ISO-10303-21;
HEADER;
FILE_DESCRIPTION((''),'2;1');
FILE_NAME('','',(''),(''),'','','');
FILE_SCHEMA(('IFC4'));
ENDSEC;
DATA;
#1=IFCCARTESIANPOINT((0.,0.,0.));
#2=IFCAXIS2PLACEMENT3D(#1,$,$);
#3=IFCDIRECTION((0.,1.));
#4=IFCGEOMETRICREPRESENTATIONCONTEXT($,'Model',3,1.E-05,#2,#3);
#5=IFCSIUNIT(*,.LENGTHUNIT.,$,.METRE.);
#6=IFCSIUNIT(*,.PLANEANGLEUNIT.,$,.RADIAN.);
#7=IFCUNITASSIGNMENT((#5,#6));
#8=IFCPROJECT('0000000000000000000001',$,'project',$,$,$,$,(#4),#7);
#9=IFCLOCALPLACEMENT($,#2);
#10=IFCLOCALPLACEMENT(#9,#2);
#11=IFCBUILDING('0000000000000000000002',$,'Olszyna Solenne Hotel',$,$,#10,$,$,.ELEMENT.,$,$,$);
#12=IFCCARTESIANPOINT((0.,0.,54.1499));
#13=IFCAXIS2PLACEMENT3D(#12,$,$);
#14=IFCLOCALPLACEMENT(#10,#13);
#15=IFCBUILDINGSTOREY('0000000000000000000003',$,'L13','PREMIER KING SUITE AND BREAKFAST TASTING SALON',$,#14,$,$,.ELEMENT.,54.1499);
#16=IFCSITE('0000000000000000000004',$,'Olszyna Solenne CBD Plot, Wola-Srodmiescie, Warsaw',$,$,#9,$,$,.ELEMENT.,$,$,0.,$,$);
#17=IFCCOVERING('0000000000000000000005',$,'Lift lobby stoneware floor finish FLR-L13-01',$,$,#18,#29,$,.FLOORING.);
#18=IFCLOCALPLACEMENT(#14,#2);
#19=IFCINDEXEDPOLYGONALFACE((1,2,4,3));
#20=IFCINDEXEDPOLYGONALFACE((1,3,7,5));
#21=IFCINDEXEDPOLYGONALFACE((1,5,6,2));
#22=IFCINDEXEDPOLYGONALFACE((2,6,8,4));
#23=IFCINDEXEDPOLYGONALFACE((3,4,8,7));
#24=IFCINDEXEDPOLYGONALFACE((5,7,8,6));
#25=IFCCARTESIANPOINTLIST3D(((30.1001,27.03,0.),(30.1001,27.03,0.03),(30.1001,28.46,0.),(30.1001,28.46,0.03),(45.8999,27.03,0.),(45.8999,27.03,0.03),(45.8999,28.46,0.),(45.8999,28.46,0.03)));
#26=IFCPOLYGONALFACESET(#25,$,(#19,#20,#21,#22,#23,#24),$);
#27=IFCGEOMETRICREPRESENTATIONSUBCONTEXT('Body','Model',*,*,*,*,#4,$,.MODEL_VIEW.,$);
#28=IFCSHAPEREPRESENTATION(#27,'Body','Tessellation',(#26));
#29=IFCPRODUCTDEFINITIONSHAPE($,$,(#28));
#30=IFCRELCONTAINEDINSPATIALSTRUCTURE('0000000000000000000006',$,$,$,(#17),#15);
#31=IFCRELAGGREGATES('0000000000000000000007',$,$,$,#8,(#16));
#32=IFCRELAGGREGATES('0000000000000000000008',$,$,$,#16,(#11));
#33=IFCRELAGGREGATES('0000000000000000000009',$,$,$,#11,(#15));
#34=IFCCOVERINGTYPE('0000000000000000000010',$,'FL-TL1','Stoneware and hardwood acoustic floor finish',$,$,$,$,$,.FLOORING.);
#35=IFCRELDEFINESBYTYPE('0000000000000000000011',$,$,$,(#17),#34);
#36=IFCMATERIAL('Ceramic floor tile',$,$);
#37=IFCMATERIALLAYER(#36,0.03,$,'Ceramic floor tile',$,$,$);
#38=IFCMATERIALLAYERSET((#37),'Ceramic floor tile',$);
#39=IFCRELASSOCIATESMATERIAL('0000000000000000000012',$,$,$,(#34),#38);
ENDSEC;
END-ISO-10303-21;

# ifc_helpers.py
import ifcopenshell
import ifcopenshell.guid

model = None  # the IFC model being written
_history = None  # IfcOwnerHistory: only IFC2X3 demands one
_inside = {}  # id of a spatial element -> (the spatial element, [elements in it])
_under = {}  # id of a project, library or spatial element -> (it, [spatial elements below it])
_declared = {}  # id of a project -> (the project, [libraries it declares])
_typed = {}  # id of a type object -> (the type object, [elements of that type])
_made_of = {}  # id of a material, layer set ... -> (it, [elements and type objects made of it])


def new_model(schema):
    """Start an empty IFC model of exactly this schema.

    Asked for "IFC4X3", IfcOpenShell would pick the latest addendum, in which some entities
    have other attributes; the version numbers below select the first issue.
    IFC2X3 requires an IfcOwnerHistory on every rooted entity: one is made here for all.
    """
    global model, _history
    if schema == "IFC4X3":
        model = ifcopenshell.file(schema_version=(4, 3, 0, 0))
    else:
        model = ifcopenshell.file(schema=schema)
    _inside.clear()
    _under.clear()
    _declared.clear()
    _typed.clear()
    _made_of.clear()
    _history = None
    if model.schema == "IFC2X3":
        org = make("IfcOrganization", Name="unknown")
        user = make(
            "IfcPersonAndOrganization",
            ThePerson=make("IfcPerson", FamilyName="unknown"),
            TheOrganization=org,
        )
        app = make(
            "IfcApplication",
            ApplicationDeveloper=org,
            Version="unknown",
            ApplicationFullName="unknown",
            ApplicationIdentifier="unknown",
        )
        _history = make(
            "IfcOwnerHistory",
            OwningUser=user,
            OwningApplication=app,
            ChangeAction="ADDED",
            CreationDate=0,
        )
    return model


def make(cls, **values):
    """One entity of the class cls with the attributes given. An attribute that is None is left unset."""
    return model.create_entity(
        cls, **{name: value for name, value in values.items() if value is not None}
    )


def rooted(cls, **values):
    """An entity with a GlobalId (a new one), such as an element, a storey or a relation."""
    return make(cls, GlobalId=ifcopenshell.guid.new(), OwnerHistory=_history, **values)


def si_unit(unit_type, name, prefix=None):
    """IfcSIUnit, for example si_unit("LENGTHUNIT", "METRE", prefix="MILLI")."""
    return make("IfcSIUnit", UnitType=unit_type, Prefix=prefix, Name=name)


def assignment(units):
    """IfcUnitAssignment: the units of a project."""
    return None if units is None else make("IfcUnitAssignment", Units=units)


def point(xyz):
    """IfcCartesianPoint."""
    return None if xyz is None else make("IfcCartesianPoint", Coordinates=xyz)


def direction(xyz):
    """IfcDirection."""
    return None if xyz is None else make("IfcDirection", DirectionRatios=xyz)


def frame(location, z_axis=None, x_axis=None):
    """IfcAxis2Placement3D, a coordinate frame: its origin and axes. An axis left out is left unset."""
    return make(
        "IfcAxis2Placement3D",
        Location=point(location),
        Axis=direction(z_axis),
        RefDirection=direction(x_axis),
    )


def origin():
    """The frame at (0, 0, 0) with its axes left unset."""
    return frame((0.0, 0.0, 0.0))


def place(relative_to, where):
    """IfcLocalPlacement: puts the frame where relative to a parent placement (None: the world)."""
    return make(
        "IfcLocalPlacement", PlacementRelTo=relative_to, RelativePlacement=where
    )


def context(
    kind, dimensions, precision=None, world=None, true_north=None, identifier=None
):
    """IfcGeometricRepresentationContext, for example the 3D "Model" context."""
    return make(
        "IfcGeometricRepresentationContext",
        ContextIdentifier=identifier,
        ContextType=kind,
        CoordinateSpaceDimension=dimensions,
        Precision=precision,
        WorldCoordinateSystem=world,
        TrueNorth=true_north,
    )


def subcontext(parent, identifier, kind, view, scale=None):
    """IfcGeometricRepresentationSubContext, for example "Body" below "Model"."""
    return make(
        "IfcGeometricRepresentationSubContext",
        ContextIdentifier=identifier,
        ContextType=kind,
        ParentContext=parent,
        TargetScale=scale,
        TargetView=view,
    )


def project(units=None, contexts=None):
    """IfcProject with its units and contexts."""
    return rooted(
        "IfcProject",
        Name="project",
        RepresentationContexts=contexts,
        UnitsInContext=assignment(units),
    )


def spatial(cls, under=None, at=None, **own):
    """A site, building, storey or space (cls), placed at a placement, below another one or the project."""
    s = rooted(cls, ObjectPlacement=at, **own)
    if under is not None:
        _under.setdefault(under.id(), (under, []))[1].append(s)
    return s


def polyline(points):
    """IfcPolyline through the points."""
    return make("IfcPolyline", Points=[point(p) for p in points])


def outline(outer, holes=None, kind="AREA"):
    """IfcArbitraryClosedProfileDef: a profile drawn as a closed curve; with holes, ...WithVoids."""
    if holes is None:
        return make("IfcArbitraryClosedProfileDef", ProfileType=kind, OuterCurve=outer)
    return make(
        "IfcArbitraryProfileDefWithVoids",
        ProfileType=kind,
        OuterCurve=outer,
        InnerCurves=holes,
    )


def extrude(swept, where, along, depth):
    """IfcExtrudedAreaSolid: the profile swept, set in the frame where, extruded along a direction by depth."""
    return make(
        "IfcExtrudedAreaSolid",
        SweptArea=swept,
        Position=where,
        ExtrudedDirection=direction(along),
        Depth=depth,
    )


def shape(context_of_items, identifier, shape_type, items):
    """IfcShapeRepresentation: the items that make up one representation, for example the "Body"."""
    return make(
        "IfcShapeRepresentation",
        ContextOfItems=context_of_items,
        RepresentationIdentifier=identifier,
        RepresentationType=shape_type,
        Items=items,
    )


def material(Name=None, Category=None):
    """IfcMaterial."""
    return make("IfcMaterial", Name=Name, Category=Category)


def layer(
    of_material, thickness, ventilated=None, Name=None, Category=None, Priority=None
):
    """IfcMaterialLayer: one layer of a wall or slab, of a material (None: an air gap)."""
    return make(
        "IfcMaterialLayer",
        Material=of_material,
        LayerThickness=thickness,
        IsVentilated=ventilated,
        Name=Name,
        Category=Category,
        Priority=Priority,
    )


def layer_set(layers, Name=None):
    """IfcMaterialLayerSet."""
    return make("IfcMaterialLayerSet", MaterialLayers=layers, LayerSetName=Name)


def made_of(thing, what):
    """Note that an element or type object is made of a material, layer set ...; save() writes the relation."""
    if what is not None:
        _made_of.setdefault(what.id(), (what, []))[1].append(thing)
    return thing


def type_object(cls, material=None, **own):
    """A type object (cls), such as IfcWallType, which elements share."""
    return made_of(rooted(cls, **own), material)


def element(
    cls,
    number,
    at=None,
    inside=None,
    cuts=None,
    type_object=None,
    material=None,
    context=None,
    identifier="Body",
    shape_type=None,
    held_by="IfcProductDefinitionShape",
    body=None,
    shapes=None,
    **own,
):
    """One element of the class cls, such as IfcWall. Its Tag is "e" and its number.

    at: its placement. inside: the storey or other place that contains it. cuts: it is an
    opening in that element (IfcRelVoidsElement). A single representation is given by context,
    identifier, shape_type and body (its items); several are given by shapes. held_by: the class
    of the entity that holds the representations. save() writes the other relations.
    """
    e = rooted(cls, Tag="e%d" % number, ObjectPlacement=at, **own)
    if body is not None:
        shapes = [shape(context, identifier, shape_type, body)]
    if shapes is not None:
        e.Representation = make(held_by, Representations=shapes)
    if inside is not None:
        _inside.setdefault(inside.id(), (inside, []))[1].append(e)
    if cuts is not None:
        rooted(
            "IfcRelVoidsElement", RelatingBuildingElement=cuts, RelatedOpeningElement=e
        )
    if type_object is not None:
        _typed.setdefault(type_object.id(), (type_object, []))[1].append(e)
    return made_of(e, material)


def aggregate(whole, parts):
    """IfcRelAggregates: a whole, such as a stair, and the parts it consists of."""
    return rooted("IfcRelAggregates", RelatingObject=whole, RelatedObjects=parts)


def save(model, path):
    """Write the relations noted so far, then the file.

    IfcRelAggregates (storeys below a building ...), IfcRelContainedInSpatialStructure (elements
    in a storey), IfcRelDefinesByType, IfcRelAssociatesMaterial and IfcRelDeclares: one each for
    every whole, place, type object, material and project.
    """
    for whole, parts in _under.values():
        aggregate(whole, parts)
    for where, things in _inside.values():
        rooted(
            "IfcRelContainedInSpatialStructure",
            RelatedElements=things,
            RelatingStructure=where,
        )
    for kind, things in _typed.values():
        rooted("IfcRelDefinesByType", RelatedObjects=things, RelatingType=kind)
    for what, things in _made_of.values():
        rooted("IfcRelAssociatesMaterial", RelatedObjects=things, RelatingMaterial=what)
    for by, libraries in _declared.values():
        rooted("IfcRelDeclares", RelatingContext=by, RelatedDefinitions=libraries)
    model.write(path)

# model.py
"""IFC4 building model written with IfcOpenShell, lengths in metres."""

from ifc_helpers import new_model, si_unit, direction, frame, origin, place, context, subcontext, project, spatial, polyline, outline, extrude, material, layer, layer_set, type_object, element, save


model = new_model("IFC4")

# Units and contexts
model_context = context("Model", 3, precision=1e-05, world=origin(), true_north=direction((0.0, 1.0)))
body_context = subcontext(model_context, "Body", "Model", "MODEL_VIEW")
ifc_project = project(units=[si_unit("LENGTHUNIT", "METRE"), si_unit("PLANEANGLEUNIT", "RADIAN")], contexts=[model_context])

# Site, building, storey
site_placement = place(None, origin())
site = spatial("IfcSite", under=ifc_project, at=site_placement, Name="Olszyna Solenne CBD Plot, Wola-Srodmiescie, Warsaw", CompositionType="ELEMENT", RefElevation=0.0)
building_placement = place(site_placement, origin())
building = spatial("IfcBuilding", under=site, at=building_placement, Name="Olszyna Solenne Hotel", CompositionType="ELEMENT")
storey_placement = place(building_placement, frame((0.0, 0.0, 54.1499)))
storey = spatial("IfcBuildingStorey", under=building, at=storey_placement, Name="L13", Description="PREMIER KING SUITE AND BREAKFAST TASTING SALON", CompositionType="ELEMENT", Elevation=54.1499)

# Covering
ifc_material_1 = material(Name="Ceramic floor tile")
ifc_layer_1 = layer(ifc_material_1, 0.03, Name="Ceramic floor tile")
ifc_layer_set_1 = layer_set([ifc_layer_1], Name="Ceramic floor tile")
covering_type_1 = type_object("IfcCoveringType", Name="FL-TL1", Description="Stoneware and hardwood acoustic floor finish", PredefinedType="FLOORING", material=ifc_layer_set_1)
covering_1_placement = place(storey_placement, origin())
element("IfcCovering", 1, at=covering_1_placement, inside=storey, type_object=covering_type_1, Name="Lift lobby stoneware floor finish FLR-L13-01", PredefinedType="FLOORING", context=body_context, shape_type="SweptSolid", body=[
    extrude(outline(polyline([(30.1001, 27.03), (45.8999, 27.03), (45.8999, 28.46), (30.1001, 28.46), (30.1001, 27.03)])), origin(), (0.0, 0.0, 1.0), 0.03),
])

save(model, "model.ifc")
